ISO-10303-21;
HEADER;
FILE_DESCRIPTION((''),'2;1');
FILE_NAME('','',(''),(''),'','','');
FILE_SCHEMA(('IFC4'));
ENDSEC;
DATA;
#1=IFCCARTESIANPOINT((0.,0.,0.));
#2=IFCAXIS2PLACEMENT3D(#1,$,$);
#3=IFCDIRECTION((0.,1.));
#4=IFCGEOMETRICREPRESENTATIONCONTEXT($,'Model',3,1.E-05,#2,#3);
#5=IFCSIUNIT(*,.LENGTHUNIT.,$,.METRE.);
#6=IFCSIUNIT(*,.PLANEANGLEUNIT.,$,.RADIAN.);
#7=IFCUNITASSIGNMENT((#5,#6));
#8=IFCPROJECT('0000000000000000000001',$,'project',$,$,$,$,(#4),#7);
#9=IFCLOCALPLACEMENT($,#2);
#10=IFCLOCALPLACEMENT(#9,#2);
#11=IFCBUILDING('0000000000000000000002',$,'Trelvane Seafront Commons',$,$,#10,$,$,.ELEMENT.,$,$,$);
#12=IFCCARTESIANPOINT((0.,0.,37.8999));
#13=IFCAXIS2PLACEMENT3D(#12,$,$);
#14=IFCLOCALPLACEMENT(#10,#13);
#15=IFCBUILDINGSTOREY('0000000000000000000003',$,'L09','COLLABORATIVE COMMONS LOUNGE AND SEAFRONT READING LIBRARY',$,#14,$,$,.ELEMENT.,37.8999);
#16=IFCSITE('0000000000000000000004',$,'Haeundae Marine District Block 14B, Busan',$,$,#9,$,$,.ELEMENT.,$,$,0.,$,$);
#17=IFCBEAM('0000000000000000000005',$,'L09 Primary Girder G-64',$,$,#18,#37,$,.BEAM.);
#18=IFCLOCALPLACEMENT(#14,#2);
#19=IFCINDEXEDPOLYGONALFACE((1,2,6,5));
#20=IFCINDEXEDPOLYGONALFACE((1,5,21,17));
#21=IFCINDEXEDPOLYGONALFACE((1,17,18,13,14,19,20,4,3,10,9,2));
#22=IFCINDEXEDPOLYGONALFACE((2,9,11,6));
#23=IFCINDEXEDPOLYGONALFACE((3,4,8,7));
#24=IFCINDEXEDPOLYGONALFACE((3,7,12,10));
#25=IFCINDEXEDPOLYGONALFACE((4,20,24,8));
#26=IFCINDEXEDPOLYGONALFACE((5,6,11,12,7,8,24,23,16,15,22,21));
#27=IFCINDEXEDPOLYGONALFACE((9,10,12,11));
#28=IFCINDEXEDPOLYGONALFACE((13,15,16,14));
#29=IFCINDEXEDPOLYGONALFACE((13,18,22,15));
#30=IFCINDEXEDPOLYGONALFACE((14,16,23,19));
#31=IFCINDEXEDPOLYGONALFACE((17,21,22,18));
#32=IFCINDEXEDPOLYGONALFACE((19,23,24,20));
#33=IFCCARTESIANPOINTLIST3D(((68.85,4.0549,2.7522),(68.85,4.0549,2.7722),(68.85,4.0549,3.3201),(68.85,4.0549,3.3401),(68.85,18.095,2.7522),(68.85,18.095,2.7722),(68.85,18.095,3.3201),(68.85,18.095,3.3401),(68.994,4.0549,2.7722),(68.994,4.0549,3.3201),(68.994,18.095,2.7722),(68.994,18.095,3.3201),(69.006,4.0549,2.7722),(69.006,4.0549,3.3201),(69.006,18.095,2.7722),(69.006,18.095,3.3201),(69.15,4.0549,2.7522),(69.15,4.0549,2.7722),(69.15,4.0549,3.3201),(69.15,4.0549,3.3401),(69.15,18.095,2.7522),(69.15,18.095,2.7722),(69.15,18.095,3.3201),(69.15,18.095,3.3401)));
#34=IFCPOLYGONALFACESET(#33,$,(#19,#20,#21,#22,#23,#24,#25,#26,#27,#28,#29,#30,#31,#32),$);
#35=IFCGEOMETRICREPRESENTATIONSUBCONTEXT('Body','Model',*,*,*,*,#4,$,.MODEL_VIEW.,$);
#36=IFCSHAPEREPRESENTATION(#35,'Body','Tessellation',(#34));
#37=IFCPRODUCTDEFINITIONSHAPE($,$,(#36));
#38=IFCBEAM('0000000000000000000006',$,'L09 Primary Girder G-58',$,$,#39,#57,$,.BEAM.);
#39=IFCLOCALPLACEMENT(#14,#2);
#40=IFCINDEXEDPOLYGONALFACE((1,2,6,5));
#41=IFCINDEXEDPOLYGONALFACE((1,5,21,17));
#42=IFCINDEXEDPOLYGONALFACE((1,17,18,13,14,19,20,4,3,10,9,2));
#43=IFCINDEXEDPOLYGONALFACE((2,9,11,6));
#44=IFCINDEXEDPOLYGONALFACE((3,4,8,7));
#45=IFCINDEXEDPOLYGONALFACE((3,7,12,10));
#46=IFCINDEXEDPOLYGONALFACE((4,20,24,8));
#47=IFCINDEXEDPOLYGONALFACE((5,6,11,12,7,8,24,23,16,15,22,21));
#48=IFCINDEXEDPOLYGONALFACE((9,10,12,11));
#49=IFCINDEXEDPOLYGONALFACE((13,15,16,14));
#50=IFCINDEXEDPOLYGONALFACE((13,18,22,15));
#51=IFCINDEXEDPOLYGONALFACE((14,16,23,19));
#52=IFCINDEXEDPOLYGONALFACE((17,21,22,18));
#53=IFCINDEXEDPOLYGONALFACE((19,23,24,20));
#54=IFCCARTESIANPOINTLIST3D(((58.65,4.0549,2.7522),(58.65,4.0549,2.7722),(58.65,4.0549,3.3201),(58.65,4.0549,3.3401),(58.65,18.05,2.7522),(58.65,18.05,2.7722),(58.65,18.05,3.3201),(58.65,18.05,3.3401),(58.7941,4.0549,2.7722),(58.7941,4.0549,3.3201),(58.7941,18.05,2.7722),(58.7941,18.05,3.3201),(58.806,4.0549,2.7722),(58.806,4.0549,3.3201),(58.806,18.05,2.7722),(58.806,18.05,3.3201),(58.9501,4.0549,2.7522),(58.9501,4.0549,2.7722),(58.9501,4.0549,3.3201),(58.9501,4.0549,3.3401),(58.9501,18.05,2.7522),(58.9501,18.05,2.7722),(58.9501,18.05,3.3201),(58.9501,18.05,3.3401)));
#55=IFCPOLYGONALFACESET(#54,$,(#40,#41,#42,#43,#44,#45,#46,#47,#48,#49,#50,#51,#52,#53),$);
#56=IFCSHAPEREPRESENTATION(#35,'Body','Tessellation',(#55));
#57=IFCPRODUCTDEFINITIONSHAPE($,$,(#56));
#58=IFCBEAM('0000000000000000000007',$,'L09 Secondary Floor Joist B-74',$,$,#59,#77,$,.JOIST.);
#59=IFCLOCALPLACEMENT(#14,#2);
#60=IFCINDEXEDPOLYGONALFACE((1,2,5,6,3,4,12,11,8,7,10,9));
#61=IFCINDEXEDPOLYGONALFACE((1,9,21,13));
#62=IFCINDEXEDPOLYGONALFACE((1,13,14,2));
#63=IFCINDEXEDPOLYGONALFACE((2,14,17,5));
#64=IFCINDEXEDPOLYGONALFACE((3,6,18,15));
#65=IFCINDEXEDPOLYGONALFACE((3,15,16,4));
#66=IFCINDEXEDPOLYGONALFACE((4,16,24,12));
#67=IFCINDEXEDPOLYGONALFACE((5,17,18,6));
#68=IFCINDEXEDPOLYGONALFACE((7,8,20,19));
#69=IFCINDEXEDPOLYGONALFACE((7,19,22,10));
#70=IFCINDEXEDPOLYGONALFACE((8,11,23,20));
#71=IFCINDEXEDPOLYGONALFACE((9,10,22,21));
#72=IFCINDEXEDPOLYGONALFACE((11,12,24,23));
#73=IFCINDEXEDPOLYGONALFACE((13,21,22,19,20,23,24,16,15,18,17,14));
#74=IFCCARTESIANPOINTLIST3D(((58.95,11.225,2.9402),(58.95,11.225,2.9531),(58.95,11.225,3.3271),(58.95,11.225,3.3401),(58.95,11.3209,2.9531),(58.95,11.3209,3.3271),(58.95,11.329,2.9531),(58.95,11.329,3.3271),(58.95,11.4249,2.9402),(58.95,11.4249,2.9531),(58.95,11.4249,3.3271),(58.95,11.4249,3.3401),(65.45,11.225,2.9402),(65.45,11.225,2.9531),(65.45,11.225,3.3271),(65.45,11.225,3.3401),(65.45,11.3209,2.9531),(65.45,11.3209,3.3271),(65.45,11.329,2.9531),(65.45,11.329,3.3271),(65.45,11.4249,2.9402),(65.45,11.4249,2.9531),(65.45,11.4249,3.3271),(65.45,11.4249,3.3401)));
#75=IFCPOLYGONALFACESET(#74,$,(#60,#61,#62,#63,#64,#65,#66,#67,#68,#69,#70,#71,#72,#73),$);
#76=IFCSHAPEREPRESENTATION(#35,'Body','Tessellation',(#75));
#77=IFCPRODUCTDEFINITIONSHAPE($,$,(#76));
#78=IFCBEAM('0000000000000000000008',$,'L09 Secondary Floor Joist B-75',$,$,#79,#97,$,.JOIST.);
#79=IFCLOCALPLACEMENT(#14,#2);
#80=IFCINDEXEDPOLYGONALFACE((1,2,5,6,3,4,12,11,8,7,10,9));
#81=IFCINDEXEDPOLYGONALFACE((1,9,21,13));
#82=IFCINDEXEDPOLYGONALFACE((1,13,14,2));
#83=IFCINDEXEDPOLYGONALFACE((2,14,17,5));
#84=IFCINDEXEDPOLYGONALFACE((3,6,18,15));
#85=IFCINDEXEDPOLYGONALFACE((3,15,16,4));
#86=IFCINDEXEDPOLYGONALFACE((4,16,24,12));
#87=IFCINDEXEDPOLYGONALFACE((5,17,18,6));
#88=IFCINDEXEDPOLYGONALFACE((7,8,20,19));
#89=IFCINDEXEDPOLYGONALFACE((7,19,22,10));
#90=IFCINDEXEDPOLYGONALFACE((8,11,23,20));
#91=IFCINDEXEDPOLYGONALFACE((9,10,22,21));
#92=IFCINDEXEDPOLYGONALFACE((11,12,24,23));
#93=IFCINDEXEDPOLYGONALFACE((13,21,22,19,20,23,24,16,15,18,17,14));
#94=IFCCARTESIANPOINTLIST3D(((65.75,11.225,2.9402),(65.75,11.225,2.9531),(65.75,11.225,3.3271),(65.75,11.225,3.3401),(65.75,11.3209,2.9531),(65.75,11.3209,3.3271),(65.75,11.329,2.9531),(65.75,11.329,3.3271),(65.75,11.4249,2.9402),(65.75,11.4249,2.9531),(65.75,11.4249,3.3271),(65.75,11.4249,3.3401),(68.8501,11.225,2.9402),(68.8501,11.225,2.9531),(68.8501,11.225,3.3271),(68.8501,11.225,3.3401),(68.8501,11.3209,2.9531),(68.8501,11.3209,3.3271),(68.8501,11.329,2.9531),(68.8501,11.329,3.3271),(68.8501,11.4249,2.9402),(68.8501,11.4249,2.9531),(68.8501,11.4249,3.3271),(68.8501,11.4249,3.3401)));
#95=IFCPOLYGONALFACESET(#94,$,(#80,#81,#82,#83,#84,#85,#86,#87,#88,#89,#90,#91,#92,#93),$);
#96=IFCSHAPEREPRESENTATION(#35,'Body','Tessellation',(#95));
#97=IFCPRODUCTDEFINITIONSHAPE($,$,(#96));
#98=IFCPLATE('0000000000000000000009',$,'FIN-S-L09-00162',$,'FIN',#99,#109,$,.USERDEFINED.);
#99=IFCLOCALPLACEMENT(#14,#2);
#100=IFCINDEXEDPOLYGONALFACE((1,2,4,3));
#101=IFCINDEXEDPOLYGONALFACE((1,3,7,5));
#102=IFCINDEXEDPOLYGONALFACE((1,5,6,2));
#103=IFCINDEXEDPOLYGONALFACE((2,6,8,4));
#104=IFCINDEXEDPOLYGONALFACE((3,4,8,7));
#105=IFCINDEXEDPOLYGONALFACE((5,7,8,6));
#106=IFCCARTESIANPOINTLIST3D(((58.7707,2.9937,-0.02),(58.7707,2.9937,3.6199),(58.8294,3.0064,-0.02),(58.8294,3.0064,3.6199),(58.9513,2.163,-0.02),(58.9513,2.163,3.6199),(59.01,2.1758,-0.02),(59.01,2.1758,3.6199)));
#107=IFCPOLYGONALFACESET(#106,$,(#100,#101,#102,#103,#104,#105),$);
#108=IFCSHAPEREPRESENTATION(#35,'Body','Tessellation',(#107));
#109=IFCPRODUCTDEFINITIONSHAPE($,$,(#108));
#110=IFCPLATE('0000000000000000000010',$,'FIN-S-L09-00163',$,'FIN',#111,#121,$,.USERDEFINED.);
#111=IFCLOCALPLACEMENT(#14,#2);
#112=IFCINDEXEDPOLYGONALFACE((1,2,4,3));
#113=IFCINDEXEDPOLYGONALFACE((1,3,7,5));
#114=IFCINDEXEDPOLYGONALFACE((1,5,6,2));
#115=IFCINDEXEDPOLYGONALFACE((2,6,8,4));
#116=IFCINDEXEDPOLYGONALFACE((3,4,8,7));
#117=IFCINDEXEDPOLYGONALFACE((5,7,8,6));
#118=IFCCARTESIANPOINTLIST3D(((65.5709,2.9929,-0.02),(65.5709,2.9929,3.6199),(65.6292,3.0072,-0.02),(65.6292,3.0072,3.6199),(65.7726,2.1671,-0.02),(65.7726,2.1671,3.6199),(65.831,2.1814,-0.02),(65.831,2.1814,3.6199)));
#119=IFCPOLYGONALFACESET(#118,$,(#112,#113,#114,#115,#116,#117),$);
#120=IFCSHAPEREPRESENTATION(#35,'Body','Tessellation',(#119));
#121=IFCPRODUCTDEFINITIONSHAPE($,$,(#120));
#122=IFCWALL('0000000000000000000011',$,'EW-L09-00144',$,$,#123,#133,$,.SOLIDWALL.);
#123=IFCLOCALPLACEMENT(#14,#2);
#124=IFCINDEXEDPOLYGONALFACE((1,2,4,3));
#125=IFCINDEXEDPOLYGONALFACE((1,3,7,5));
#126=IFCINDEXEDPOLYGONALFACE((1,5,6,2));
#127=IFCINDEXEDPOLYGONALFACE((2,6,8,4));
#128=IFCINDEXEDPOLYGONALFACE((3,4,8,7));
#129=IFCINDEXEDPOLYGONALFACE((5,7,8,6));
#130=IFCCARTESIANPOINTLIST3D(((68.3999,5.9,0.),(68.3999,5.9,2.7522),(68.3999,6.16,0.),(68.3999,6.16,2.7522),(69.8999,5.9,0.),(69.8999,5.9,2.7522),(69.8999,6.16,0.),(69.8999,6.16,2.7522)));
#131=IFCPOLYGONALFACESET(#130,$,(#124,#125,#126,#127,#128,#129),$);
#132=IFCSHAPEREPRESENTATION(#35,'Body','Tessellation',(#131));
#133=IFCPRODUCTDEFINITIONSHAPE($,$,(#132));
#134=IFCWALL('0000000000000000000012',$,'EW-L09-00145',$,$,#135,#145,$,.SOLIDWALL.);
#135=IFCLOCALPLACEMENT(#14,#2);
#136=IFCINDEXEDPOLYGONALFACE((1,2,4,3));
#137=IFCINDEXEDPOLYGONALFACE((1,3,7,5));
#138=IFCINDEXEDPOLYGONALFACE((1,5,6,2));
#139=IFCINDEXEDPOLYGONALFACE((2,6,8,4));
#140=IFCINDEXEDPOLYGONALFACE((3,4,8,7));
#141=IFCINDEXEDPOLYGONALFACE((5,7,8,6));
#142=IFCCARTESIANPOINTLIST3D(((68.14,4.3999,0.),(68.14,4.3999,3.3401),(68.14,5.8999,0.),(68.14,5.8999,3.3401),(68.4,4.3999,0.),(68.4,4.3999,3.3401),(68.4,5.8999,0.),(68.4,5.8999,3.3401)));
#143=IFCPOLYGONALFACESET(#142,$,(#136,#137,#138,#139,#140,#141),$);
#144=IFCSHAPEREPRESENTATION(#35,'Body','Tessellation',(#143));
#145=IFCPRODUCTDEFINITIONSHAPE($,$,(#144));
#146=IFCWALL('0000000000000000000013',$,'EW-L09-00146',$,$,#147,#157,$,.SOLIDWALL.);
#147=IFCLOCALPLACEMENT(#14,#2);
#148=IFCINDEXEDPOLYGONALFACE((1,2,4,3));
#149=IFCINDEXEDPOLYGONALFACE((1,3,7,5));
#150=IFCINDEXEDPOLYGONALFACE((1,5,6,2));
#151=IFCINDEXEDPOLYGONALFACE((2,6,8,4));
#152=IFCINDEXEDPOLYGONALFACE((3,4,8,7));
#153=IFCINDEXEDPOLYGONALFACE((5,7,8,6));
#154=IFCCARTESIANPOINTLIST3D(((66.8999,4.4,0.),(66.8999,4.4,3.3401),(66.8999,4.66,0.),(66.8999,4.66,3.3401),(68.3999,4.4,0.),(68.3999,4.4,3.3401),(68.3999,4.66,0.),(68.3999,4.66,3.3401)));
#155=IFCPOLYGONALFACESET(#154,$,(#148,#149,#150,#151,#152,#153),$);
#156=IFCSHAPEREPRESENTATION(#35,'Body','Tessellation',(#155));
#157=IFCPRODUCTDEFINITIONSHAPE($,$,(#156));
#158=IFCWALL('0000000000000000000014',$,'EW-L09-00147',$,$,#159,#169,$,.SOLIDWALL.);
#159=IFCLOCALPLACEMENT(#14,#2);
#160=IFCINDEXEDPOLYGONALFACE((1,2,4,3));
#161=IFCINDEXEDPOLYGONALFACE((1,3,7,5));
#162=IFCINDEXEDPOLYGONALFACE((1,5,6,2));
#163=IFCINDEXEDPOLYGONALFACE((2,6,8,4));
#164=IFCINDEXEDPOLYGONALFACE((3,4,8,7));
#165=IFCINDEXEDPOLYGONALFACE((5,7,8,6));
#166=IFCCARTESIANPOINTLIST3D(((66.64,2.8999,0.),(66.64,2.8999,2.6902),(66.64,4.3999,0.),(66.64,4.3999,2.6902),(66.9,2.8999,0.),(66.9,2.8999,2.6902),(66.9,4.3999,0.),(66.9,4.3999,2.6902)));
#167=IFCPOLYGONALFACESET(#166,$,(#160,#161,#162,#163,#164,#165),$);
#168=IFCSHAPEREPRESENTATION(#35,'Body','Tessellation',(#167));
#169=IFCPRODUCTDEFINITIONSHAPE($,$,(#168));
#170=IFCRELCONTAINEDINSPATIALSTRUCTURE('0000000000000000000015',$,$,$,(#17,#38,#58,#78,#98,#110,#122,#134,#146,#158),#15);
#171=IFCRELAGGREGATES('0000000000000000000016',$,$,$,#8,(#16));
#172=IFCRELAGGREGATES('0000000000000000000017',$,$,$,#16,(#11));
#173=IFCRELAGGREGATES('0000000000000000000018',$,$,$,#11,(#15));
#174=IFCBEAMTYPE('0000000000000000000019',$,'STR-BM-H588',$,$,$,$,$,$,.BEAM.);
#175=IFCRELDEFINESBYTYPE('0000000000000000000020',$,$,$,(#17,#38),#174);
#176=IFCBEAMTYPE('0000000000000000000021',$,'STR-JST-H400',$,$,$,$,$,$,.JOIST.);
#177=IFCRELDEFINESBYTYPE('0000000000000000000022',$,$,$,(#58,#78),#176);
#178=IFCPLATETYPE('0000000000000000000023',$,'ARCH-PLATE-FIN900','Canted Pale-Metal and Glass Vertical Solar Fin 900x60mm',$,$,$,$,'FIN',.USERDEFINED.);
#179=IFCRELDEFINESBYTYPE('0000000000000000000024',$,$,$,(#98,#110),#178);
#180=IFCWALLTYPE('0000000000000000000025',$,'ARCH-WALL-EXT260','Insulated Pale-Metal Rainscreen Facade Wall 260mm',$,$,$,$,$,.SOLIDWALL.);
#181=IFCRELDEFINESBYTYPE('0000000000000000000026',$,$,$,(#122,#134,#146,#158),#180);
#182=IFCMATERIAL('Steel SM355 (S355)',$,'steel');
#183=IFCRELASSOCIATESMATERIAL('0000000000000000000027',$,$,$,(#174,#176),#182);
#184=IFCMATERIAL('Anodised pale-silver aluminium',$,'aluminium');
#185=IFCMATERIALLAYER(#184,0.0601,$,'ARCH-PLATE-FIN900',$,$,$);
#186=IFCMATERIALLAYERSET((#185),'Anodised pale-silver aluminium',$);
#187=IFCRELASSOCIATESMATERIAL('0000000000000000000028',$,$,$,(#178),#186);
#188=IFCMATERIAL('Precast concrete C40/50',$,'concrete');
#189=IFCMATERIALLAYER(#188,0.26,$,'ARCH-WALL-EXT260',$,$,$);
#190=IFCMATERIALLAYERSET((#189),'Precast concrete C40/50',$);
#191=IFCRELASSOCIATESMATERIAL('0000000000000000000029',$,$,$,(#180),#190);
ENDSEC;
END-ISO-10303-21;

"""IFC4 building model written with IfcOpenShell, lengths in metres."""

from ifc_helpers import new_model, si_unit, direction, frame, frame_2d, origin, origin_2d, place, context, subcontext, project, spatial, rectangle, i_section, extrude, source, transform, mapped, material, layer, layer_set, material_profile, profile_set, type_object, element, save


model = new_model("IFC4")

# Units and contexts
model_context = context("Model", 3, precision=1e-05, world=origin(), true_north=direction((0.0, 1.0)))
body_context = subcontext(model_context, "Body", "Model", "MODEL_VIEW")
ifc_project = project(units=[si_unit("LENGTHUNIT", "METRE"), si_unit("PLANEANGLEUNIT", "RADIAN")], contexts=[model_context])

# Site, building, storey
site_placement = place(None, origin())
site = spatial("IfcSite", under=ifc_project, at=site_placement, Name="Haeundae Marine District Block 14B, Busan", CompositionType="ELEMENT", RefElevation=0.0)
building_placement = place(site_placement, origin())
building = spatial("IfcBuilding", under=site, at=building_placement, Name="Trelvane Seafront Commons", CompositionType="ELEMENT")
storey_placement = place(building_placement, frame((0.0, 0.0, 37.8999)))
storey = spatial("IfcBuildingStorey", under=building, at=storey_placement, Name="L09", Description="COLLABORATIVE COMMONS LOUNGE AND SEAFRONT READING LIBRARY", CompositionType="ELEMENT", Elevation=37.8999)

# Shared definitions
ifc_material_1 = material(Name="Steel SM355 (S355)", Category="steel")

# Beams
ifc_material_profile_1 = material_profile(ifc_material_1, i_section(OverallWidth=0.3, OverallDepth=0.5879, WebThickness=0.012, FlangeThickness=0.02, at=origin_2d()), Name="H-588x300x12x20")
ifc_profile_set_1 = profile_set([ifc_material_profile_1], Name="Steel SM355 (S355)")
beam_type_1 = type_object("IfcBeamType", Name="STR-BM-H588", PredefinedType="BEAM", material=ifc_profile_set_1)
shared_shape_1 = source(origin(), body_context, "Body", "SweptSolid", [
    extrude(i_section(OverallWidth=0.3, OverallDepth=0.5879, WebThickness=0.012, FlangeThickness=0.02, at=origin_2d()), origin(), (0.0, 0.0, 1.0), 14.04),
])
for number, where, z_axis, x_axis, name in (
    (1, (69.0, 4.0549, 3.0461), (0.0, 1.0, 0.0), (-1.0, 0.0, 0.0), "L09 Primary Girder G-64"),
):
    element("IfcBeam", number, at=place(storey_placement, frame(where, z_axis=z_axis, x_axis=x_axis)), inside=storey, type_object=beam_type_1, Name=name, PredefinedType="BEAM", context=body_context, shape_type="MappedRepresentation", body=[
        mapped(shared_shape_1, transform((0.0, 0.0, 0.0), x_axis=(1.0, 0.0, 0.0), y_axis=(0.0, 1.0, 0.0), z_axis=(0.0, 0.0, 1.0), scale=1.0)),
    ])
shared_shape_2 = source(origin(), body_context, "Body", "SweptSolid", [
    extrude(i_section(OverallWidth=0.3, OverallDepth=0.5879, WebThickness=0.012, FlangeThickness=0.02, at=origin_2d()), origin(), (0.0, 0.0, 1.0), 13.9951),
])
beam_1_placement = place(storey_placement, frame((58.8, 4.0549, 3.0461), z_axis=(0.0, 1.0, 0.0), x_axis=(-1.0, 0.0, 0.0)))
element("IfcBeam", 2, at=beam_1_placement, inside=storey, type_object=beam_type_1, Name="L09 Primary Girder G-58", PredefinedType="BEAM", context=body_context, shape_type="MappedRepresentation", body=[
    mapped(shared_shape_2, transform((0.0, 0.0, 0.0), x_axis=(1.0, 0.0, 0.0), y_axis=(0.0, 1.0, 0.0), z_axis=(0.0, 0.0, 1.0), scale=1.0)),
])
ifc_material_profile_2 = material_profile(ifc_material_1, i_section(OverallWidth=0.2, OverallDepth=0.3999, WebThickness=0.0081, FlangeThickness=0.0129, at=origin_2d()), Name="H-400x200x8x13")
ifc_profile_set_2 = profile_set([ifc_material_profile_2], Name="Steel SM355 (S355)")
beam_type_2 = type_object("IfcBeamType", Name="STR-JST-H400", PredefinedType="JOIST", material=ifc_profile_set_2)
shared_shape_3 = source(origin(), body_context, "Body", "SweptSolid", [
    extrude(i_section(OverallWidth=0.2, OverallDepth=0.3999, WebThickness=0.0081, FlangeThickness=0.0129, at=origin_2d()), origin(), (0.0, 0.0, 1.0), 6.5),
])
beam_2_placement = place(storey_placement, frame((58.95, 11.325, 3.1401), z_axis=(1.0, 0.0, 0.0), x_axis=(0.0, 1.0, 0.0)))
element("IfcBeam", 3, at=beam_2_placement, inside=storey, type_object=beam_type_2, Name="L09 Secondary Floor Joist B-74", PredefinedType="JOIST", context=body_context, shape_type="MappedRepresentation", body=[
    mapped(shared_shape_3, transform((0.0, 0.0, 0.0), x_axis=(1.0, 0.0, 0.0), y_axis=(0.0, 1.0, 0.0), z_axis=(0.0, 0.0, 1.0), scale=1.0)),
])
shared_shape_4 = source(origin(), body_context, "Body", "SweptSolid", [
    extrude(i_section(OverallWidth=0.2, OverallDepth=0.3999, WebThickness=0.0081, FlangeThickness=0.0129, at=origin_2d()), origin(), (0.0, 0.0, 1.0), 3.1001),
])
beam_3_placement = place(storey_placement, frame((65.75, 11.325, 3.1401), z_axis=(1.0, 0.0, 0.0), x_axis=(0.0, 1.0, 0.0)))
element("IfcBeam", 4, at=beam_3_placement, inside=storey, type_object=beam_type_2, Name="L09 Secondary Floor Joist B-75", PredefinedType="JOIST", context=body_context, shape_type="MappedRepresentation", body=[
    mapped(shared_shape_4, transform((0.0, 0.0, 0.0), x_axis=(1.0, 0.0, 0.0), y_axis=(0.0, 1.0, 0.0), z_axis=(0.0, 0.0, 1.0), scale=1.0)),
])

# Plates
ifc_material_2 = material(Name="Anodised pale-silver aluminium", Category="aluminium")
ifc_layer_1 = layer(ifc_material_2, 0.0601, Name="ARCH-PLATE-FIN900")
ifc_layer_set_1 = layer_set([ifc_layer_1], Name="Anodised pale-silver aluminium")
plate_type = type_object("IfcPlateType", Name="ARCH-PLATE-FIN900", Description="Canted Pale-Metal and Glass Vertical Solar Fin 900x60mm", ElementType="FIN", PredefinedType="USERDEFINED", material=ifc_layer_set_1)
shared_shape_5 = source(origin(), body_context, "Body", "SweptSolid", [
    extrude(rectangle(XDim=0.8501, YDim=0.0601, at=origin_2d()), origin(), (0.0, 0.0, 1.0), 3.6399),
])
for number, where, z_axis, x_axis, name in (
    (5, (58.8904, 2.5847, -0.02), (0.0, 0.0, 1.0), (0.212469, -0.977168, 0.0), "FIN-S-L09-00162"),
    (6, (65.7009, 2.5872, -0.02), (0.0, 0.0, 1.0), (0.237299, -0.971437, 0.0), "FIN-S-L09-00163"),
):
    element("IfcPlate", number, at=place(storey_placement, frame(where, z_axis=z_axis, x_axis=x_axis)), inside=storey, type_object=plate_type, Name=name, ObjectType="FIN", PredefinedType="USERDEFINED", context=body_context, shape_type="MappedRepresentation", body=[
        mapped(shared_shape_5, transform((0.0, 0.0, 0.0), x_axis=(1.0, 0.0, 0.0), y_axis=(0.0, 1.0, 0.0), z_axis=(0.0, 0.0, 1.0), scale=1.0)),
    ])

# Walls
ifc_material_3 = material(Name="Precast concrete C40/50", Category="concrete")
ifc_layer_2 = layer(ifc_material_3, 0.26, Name="ARCH-WALL-EXT260")
ifc_layer_set_2 = layer_set([ifc_layer_2], Name="Precast concrete C40/50")
wall_type_1 = type_object("IfcWallType", Name="ARCH-WALL-EXT260", Description="Insulated Pale-Metal Rainscreen Facade Wall 260mm", PredefinedType="SOLIDWALL", material=ifc_layer_set_2)
wall_1_placement = place(storey_placement, frame((69.8999, 6.03, 0.0), z_axis=(0.0, 0.0, 1.0), x_axis=(-1.0, 0.0, 0.0)))
element("IfcWall", 7, at=wall_1_placement, inside=storey, type_object=wall_type_1, Name="EW-L09-00144", PredefinedType="SOLIDWALL", context=body_context, shape_type="SweptSolid", body=[
    extrude(rectangle(XDim=1.5, YDim=0.26, at=frame_2d((0.75, 0.0))), origin(), (0.0, 0.0, 1.0), 2.7522),
])
for number, where, z_axis, x_axis, name in (
    (8, (68.27, 5.8999, 0.0), (0.0, 0.0, 1.0), (0.0, -1.0, 0.0), "EW-L09-00145"),
    (9, (68.3999, 4.53, 0.0), (0.0, 0.0, 1.0), (-1.0, 0.0, 0.0), "EW-L09-00146"),
):
    element("IfcWall", number, at=place(storey_placement, frame(where, z_axis=z_axis, x_axis=x_axis)), inside=storey, type_object=wall_type_1, Name=name, PredefinedType="SOLIDWALL", context=body_context, shape_type="SweptSolid", body=[
        extrude(rectangle(XDim=1.5, YDim=0.26, at=frame_2d((0.75, 0.0))), origin(), (0.0, 0.0, 1.0), 3.3401),
    ])
wall_2_placement = place(storey_placement, frame((66.77, 4.3999, 0.0), z_axis=(0.0, 0.0, 1.0), x_axis=(0.0, -1.0, 0.0)))
element("IfcWall", 10, at=wall_2_placement, inside=storey, type_object=wall_type_1, Name="EW-L09-00147", PredefinedType="SOLIDWALL", context=body_context, shape_type="SweptSolid", body=[
    extrude(rectangle(XDim=1.5, YDim=0.26, at=frame_2d((0.75, 0.0))), origin(), (0.0, 0.0, 1.0), 2.6902),
])

save(model, "model.ifc")
